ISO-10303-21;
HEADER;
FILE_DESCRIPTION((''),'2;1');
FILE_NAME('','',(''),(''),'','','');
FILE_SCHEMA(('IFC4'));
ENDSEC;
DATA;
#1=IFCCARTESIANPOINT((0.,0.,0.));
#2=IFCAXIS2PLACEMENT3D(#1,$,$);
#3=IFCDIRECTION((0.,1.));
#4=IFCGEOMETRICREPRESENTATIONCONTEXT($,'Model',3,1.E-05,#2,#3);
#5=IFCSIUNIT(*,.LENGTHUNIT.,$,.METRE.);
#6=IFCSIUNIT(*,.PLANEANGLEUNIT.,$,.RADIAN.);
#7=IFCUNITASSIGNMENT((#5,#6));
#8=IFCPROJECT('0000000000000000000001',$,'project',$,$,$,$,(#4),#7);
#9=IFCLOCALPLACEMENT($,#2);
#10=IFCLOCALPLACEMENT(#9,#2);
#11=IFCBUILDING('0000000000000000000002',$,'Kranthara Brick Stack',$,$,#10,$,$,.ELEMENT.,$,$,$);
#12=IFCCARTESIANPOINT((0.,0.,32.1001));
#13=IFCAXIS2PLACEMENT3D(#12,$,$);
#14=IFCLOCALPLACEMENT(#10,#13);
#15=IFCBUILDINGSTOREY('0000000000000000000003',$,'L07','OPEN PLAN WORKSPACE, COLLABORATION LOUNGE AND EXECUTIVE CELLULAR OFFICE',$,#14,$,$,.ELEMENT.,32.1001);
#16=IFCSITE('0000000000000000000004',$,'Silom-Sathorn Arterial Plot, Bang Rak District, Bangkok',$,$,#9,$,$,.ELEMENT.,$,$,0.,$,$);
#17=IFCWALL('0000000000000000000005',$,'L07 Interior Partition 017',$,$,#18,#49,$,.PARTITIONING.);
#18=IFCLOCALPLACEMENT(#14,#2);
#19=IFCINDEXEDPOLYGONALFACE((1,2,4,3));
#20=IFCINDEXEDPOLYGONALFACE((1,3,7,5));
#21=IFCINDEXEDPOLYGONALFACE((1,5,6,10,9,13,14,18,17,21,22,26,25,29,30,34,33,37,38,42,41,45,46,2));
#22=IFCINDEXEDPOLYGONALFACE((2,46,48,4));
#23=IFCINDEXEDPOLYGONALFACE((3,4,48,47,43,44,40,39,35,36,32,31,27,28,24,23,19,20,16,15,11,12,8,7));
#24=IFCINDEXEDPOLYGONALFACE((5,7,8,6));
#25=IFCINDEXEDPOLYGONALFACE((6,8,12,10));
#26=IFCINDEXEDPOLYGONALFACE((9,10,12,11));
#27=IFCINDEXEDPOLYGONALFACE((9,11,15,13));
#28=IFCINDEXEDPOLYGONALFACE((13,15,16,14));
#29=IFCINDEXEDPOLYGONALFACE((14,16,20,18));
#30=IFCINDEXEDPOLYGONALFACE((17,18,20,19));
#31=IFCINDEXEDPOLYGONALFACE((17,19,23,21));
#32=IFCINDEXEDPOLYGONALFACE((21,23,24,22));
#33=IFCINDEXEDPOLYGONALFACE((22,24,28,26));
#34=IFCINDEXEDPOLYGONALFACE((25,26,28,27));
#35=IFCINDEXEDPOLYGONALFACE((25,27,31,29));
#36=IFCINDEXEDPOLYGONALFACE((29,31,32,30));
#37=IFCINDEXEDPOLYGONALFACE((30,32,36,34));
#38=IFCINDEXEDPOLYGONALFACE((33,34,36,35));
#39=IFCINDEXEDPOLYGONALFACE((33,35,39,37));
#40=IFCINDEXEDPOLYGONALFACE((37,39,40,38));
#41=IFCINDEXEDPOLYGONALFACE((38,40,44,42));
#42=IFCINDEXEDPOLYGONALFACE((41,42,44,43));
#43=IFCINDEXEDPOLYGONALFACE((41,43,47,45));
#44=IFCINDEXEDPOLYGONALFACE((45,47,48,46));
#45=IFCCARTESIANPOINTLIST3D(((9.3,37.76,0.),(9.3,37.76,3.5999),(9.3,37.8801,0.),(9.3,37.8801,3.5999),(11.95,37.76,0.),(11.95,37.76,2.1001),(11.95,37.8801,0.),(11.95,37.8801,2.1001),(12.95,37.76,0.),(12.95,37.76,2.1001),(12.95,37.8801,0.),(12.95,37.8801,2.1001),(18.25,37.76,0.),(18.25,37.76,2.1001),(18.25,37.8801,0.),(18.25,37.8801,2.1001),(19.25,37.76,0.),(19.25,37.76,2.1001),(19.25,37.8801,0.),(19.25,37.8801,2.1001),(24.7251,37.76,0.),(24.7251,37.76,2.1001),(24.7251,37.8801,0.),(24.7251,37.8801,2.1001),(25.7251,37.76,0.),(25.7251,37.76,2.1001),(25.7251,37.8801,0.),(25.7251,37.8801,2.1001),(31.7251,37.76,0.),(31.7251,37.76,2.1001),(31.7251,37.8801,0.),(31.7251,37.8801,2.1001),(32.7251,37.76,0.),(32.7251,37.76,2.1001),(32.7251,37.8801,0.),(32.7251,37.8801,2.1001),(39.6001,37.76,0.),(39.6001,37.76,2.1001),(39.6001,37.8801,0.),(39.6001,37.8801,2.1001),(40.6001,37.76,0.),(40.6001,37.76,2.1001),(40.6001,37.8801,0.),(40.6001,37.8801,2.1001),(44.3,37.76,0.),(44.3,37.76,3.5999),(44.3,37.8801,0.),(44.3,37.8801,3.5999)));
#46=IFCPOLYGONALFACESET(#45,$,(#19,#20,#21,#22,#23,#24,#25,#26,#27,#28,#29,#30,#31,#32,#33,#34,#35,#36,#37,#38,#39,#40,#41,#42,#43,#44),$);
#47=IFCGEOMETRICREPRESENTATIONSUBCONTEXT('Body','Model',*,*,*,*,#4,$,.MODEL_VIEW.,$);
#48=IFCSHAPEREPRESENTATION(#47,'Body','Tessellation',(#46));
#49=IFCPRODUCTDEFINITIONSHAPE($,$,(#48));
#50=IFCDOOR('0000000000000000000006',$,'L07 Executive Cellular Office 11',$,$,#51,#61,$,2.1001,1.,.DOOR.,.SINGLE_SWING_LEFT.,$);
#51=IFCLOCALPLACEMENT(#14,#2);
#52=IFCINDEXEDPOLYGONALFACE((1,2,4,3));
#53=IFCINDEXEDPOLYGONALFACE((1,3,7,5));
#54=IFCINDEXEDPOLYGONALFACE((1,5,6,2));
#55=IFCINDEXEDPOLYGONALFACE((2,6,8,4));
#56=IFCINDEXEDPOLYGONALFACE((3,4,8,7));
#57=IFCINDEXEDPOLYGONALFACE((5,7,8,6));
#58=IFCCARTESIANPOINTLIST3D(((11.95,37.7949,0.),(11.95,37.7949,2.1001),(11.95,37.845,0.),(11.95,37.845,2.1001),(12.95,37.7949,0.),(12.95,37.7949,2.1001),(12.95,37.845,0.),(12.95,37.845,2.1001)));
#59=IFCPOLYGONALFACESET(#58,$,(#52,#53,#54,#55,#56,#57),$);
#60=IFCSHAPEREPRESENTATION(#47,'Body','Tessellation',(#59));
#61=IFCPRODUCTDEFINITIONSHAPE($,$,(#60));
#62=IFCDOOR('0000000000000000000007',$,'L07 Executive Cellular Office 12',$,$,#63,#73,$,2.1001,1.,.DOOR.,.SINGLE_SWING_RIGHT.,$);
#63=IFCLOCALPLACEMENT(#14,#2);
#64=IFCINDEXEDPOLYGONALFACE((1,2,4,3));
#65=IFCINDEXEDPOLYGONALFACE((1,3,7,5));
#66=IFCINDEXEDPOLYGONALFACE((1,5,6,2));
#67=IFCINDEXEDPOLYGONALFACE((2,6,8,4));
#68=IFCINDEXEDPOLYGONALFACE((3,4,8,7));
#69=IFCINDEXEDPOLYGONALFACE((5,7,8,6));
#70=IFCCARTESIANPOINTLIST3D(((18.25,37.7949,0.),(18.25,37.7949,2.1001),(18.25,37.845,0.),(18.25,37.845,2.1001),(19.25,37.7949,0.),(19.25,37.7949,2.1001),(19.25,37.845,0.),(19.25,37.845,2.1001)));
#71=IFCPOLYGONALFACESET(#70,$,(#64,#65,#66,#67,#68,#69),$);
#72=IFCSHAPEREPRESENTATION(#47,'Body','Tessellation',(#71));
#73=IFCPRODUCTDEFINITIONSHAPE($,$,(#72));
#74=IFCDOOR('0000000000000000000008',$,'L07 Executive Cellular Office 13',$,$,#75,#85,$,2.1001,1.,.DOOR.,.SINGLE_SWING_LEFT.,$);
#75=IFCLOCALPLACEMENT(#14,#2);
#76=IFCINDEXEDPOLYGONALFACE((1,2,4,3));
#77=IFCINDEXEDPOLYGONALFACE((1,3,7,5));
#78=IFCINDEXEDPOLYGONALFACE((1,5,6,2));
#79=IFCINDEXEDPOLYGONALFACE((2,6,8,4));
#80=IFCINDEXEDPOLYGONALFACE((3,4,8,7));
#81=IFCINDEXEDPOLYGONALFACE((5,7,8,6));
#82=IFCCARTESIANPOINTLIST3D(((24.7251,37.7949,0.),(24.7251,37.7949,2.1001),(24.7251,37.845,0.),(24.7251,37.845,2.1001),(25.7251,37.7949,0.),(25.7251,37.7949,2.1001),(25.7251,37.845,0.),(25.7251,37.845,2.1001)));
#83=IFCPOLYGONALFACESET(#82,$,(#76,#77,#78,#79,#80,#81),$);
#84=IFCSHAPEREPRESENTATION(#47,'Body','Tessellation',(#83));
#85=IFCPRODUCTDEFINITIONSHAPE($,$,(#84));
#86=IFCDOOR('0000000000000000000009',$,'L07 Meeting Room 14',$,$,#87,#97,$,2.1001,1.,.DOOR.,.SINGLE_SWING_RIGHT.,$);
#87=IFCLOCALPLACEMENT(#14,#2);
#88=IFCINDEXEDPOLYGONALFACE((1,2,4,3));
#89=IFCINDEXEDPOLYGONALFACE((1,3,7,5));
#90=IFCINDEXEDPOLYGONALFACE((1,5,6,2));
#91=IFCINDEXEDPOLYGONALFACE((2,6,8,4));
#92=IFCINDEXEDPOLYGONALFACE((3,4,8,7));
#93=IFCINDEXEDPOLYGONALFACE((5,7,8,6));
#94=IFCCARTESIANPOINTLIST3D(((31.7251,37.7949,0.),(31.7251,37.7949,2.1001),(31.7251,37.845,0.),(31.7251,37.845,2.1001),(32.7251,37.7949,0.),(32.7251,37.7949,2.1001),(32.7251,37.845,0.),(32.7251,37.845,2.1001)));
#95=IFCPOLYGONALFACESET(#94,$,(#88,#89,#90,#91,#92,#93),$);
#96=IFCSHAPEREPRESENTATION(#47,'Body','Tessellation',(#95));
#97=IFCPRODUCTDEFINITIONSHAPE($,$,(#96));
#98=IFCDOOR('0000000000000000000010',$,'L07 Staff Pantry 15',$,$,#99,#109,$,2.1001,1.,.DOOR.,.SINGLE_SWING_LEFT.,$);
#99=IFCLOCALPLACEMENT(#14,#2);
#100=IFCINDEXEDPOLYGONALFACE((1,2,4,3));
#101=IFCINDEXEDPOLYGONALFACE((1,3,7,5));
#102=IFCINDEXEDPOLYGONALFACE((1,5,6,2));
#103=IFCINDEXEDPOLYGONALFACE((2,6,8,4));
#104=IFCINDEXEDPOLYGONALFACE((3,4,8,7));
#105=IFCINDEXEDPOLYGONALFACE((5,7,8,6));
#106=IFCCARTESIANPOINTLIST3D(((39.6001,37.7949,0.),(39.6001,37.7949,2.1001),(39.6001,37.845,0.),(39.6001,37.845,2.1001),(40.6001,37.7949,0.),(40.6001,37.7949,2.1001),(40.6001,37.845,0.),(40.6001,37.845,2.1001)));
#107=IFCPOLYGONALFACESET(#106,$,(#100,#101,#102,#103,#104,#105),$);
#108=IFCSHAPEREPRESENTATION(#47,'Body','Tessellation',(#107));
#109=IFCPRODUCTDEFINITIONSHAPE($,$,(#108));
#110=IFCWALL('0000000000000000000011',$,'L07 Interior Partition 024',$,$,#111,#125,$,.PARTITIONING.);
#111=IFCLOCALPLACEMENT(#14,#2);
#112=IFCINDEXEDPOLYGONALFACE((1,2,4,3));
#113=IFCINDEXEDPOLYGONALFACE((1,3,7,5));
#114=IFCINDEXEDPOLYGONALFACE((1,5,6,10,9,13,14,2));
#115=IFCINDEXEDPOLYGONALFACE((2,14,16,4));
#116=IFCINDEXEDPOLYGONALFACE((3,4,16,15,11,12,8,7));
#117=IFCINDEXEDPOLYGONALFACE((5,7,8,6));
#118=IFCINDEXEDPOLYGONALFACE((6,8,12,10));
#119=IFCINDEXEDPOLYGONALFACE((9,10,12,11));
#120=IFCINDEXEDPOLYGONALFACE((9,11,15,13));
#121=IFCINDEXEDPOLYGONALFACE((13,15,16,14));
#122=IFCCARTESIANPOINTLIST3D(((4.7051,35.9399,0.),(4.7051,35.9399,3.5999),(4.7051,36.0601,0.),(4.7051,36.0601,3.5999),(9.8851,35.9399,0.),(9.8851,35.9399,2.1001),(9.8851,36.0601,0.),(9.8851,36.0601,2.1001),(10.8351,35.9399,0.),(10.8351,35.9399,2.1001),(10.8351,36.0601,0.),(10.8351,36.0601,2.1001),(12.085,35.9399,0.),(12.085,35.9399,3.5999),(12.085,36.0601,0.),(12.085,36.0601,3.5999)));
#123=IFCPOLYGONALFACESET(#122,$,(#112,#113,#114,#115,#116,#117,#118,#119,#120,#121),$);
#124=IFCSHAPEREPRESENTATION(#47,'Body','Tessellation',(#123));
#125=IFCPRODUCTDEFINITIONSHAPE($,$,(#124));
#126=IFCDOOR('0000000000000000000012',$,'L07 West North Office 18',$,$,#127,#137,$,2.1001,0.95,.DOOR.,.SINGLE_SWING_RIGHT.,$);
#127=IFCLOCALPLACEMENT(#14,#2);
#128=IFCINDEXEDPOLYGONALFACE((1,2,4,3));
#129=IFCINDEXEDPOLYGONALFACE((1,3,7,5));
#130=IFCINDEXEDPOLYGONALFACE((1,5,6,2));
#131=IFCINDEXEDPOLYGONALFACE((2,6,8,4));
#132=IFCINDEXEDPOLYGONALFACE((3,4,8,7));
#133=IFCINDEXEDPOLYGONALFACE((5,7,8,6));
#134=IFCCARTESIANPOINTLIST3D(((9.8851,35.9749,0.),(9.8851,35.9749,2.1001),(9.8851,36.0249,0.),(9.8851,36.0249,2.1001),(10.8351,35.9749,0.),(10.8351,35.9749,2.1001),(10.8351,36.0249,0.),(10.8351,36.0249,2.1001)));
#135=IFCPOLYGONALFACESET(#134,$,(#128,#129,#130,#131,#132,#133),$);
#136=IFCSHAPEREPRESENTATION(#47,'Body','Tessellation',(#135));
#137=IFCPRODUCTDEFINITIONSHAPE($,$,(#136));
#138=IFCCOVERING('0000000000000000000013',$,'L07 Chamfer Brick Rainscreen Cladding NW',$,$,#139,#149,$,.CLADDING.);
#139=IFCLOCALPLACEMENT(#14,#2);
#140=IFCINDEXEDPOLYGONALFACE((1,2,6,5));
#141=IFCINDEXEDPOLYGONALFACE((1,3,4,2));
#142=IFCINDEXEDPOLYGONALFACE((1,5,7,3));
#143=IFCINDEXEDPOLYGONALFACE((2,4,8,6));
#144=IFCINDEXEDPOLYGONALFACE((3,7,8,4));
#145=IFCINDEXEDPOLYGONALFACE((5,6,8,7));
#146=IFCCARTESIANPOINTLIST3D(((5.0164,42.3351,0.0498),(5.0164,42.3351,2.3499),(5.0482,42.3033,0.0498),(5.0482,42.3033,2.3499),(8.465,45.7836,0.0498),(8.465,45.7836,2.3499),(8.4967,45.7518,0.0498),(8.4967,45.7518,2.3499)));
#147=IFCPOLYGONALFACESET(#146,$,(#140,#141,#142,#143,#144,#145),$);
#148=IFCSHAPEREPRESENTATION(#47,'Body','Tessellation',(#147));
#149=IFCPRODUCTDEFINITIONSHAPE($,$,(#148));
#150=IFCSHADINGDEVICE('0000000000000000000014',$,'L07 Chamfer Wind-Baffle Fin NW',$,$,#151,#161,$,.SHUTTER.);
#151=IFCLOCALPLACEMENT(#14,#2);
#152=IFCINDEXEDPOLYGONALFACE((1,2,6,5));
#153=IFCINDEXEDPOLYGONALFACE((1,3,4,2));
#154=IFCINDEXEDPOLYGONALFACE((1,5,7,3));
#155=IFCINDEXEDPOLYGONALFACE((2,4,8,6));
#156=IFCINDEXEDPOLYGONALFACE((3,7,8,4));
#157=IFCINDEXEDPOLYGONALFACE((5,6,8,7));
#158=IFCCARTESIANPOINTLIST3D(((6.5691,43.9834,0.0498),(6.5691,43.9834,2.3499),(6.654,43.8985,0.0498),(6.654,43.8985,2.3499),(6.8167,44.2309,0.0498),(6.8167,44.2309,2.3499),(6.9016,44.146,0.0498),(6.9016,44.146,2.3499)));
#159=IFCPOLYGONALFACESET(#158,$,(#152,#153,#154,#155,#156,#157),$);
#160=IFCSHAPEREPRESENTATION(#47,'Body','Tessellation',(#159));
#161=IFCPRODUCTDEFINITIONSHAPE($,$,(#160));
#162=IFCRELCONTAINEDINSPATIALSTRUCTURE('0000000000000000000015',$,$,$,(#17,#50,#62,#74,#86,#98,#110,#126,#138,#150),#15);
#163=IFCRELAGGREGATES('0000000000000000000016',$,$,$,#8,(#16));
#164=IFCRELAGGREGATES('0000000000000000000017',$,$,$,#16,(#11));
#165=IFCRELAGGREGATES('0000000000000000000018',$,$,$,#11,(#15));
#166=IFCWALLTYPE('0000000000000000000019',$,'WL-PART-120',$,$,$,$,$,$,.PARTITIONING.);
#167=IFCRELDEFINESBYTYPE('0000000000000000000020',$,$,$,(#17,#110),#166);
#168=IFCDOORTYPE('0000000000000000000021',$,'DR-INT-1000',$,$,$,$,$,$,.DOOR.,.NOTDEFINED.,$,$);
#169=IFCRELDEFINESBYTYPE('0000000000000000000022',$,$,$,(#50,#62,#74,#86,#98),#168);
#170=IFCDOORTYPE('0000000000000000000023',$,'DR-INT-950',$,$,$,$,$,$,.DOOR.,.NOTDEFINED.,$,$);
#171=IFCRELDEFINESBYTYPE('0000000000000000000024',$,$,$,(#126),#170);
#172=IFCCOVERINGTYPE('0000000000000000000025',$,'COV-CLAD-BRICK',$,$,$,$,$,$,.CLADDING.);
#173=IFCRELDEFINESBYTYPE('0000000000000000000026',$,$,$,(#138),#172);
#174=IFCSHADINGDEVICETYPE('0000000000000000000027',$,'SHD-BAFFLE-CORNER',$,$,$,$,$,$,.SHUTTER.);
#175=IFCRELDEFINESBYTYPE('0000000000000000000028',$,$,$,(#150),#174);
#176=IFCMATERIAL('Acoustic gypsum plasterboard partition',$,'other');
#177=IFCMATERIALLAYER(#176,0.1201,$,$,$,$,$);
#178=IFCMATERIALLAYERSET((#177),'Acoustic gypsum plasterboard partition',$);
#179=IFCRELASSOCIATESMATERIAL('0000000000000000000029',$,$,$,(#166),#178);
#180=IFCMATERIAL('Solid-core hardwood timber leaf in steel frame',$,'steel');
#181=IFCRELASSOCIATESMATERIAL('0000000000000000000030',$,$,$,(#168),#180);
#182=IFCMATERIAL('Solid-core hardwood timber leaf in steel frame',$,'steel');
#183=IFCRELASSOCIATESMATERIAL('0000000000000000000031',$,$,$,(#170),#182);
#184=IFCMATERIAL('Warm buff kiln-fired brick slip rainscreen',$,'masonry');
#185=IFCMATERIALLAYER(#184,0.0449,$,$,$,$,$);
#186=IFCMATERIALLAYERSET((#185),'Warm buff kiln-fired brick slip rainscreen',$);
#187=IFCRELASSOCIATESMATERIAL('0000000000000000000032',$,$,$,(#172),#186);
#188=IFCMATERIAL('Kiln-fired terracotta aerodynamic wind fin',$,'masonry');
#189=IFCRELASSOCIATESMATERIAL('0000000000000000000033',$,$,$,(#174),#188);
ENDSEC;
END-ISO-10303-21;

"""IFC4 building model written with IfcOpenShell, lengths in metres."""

from ifc_helpers import new_model, si_unit, direction, frame, frame_2d, origin, origin_2d, place, context, subcontext, project, spatial, rectangle, extrude, material, layer, layer_set, type_object, element, fill, save


model = new_model("IFC4")

# Units and contexts
model_context = context("Model", 3, precision=1e-05, world=origin(), true_north=direction((0.0, 1.0)))
body_context = subcontext(model_context, "Body", "Model", "MODEL_VIEW")
ifc_project = project(units=[si_unit("LENGTHUNIT", "METRE"), si_unit("PLANEANGLEUNIT", "RADIAN")], contexts=[model_context])

# Site, building, storey
site_placement = place(None, origin())
site = spatial("IfcSite", under=ifc_project, at=site_placement, Name="Silom-Sathorn Arterial Plot, Bang Rak District, Bangkok", CompositionType="ELEMENT", RefElevation=0.0)
building_placement = place(site_placement, origin())
building = spatial("IfcBuilding", under=site, at=building_placement, Name="Kranthara Brick Stack", CompositionType="ELEMENT")
storey_placement = place(building_placement, frame((0.0, 0.0, 32.1001)))
storey = spatial("IfcBuildingStorey", under=building, at=storey_placement, Name="L07", Description="OPEN PLAN WORKSPACE, COLLABORATION LOUNGE AND EXECUTIVE CELLULAR OFFICE", CompositionType="ELEMENT", Elevation=32.1001)

# Wall, openings, doors
ifc_material_1 = material(Name="Acoustic gypsum plasterboard partition", Category="other")
ifc_layer_1 = layer(ifc_material_1, 0.1201)
ifc_layer_set_1 = layer_set([ifc_layer_1], Name="Acoustic gypsum plasterboard partition")
wall_type_1 = type_object("IfcWallType", Name="WL-PART-120", PredefinedType="PARTITIONING", material=ifc_layer_set_1)
wall_1_placement = place(storey_placement, frame((9.3, 37.8201, 0.0), z_axis=(0.0, 0.0, 1.0), x_axis=(1.0, 0.0, 0.0)))
wall_1 = element("IfcWall", 1, at=wall_1_placement, inside=storey, type_object=wall_type_1, Name="L07 Interior Partition 017", PredefinedType="PARTITIONING", context=body_context, shape_type="SweptSolid", body=[
    extrude(rectangle(XDim=35.0, YDim=0.1201, at=frame_2d((17.5, 0.0))), origin(), (0.0, 0.0, 1.0), 3.5999),
])
opening_1_placement = place(wall_1_placement, frame((2.6499, 0.0, 0.0)))
opening_1 = element("IfcOpeningElement", 2, at=opening_1_placement, cuts=wall_1, PredefinedType="OPENING", context=body_context, shape_type="SweptSolid", body=[
    extrude(rectangle(XDim=1.0, YDim=2.1001, at=frame_2d((0.5, 1.05))), frame((0.0, 0.0701, 0.0), z_axis=(0.0, -1.0, 0.0), x_axis=(1.0, 0.0, 0.0)), (0.0, 0.0, 1.0), 0.1401),
])
opening_2_placement = place(wall_1_placement, frame((8.95, 0.0, 0.0)))
opening_2 = element("IfcOpeningElement", 3, at=opening_2_placement, cuts=wall_1, PredefinedType="OPENING", context=body_context, shape_type="SweptSolid", body=[
    extrude(rectangle(XDim=1.0, YDim=2.1001, at=frame_2d((0.5, 1.05))), frame((0.0, 0.0701, 0.0), z_axis=(0.0, -1.0, 0.0), x_axis=(1.0, 0.0, 0.0)), (0.0, 0.0, 1.0), 0.1401),
])
opening_3_placement = place(wall_1_placement, frame((15.425, 0.0, 0.0)))
opening_3 = element("IfcOpeningElement", 4, at=opening_3_placement, cuts=wall_1, PredefinedType="OPENING", context=body_context, shape_type="SweptSolid", body=[
    extrude(rectangle(XDim=1.0, YDim=2.1001, at=frame_2d((0.5, 1.05))), frame((0.0, 0.0701, 0.0), z_axis=(0.0, -1.0, 0.0), x_axis=(1.0, 0.0, 0.0)), (0.0, 0.0, 1.0), 0.1401),
])
opening_4_placement = place(wall_1_placement, frame((22.425, 0.0, 0.0)))
opening_4 = element("IfcOpeningElement", 5, at=opening_4_placement, cuts=wall_1, PredefinedType="OPENING", context=body_context, shape_type="SweptSolid", body=[
    extrude(rectangle(XDim=1.0, YDim=2.1001, at=frame_2d((0.5, 1.05))), frame((0.0, 0.0701, 0.0), z_axis=(0.0, -1.0, 0.0), x_axis=(1.0, 0.0, 0.0)), (0.0, 0.0, 1.0), 0.1401),
])
opening_5_placement = place(wall_1_placement, frame((30.3, 0.0, 0.0)))
opening_5 = element("IfcOpeningElement", 6, at=opening_5_placement, cuts=wall_1, PredefinedType="OPENING", context=body_context, shape_type="SweptSolid", body=[
    extrude(rectangle(XDim=1.0, YDim=2.1001, at=frame_2d((0.5, 1.05))), frame((0.0, 0.0701, 0.0), z_axis=(0.0, -1.0, 0.0), x_axis=(1.0, 0.0, 0.0)), (0.0, 0.0, 1.0), 0.1401),
])
ifc_material_2 = material(Name="Solid-core hardwood timber leaf in steel frame", Category="steel")
door_type_1 = type_object("IfcDoorType", Name="DR-INT-1000", OperationType="NOTDEFINED", PredefinedType="DOOR", material=ifc_material_2)
door_1_placement = place(opening_1_placement, origin())
door_1 = element("IfcDoor", 7, at=door_1_placement, inside=storey, type_object=door_type_1, Name="L07 Executive Cellular Office 11", OperationType="SINGLE_SWING_LEFT", OverallHeight=2.1001, OverallWidth=1.0, PredefinedType="DOOR", context=body_context, shape_type="SweptSolid", body=[
    extrude(rectangle(XDim=1.0, YDim=2.1001, at=frame_2d((0.5, 1.05))), frame((0.0, 0.0249, 0.0), z_axis=(0.0, -1.0, 0.0), x_axis=(1.0, 0.0, 0.0)), (0.0, 0.0, 1.0), 0.05),
])
fill(opening_1, door_1)
door_2_placement = place(opening_2_placement, origin())
door_2 = element("IfcDoor", 8, at=door_2_placement, inside=storey, type_object=door_type_1, Name="L07 Executive Cellular Office 12", OperationType="SINGLE_SWING_RIGHT", OverallHeight=2.1001, OverallWidth=1.0, PredefinedType="DOOR", context=body_context, shape_type="SweptSolid", body=[
    extrude(rectangle(XDim=1.0, YDim=2.1001, at=frame_2d((0.5, 1.05))), frame((0.0, 0.0249, 0.0), z_axis=(0.0, -1.0, 0.0), x_axis=(1.0, 0.0, 0.0)), (0.0, 0.0, 1.0), 0.05),
])
fill(opening_2, door_2)
door_3_placement = place(opening_3_placement, origin())
door_3 = element("IfcDoor", 9, at=door_3_placement, inside=storey, type_object=door_type_1, Name="L07 Executive Cellular Office 13", OperationType="SINGLE_SWING_LEFT", OverallHeight=2.1001, OverallWidth=1.0, PredefinedType="DOOR", context=body_context, shape_type="SweptSolid", body=[
    extrude(rectangle(XDim=1.0, YDim=2.1001, at=frame_2d((0.5, 1.05))), frame((0.0, 0.0249, 0.0), z_axis=(0.0, -1.0, 0.0), x_axis=(1.0, 0.0, 0.0)), (0.0, 0.0, 1.0), 0.05),
])
fill(opening_3, door_3)
door_4_placement = place(opening_4_placement, origin())
door_4 = element("IfcDoor", 10, at=door_4_placement, inside=storey, type_object=door_type_1, Name="L07 Meeting Room 14", OperationType="SINGLE_SWING_RIGHT", OverallHeight=2.1001, OverallWidth=1.0, PredefinedType="DOOR", context=body_context, shape_type="SweptSolid", body=[
    extrude(rectangle(XDim=1.0, YDim=2.1001, at=frame_2d((0.5, 1.05))), frame((0.0, 0.0249, 0.0), z_axis=(0.0, -1.0, 0.0), x_axis=(1.0, 0.0, 0.0)), (0.0, 0.0, 1.0), 0.05),
])
fill(opening_4, door_4)
door_5_placement = place(opening_5_placement, origin())
door_5 = element("IfcDoor", 11, at=door_5_placement, inside=storey, type_object=door_type_1, Name="L07 Staff Pantry 15", OperationType="SINGLE_SWING_LEFT", OverallHeight=2.1001, OverallWidth=1.0, PredefinedType="DOOR", context=body_context, shape_type="SweptSolid", body=[
    extrude(rectangle(XDim=1.0, YDim=2.1001, at=frame_2d((0.5, 1.05))), frame((0.0, 0.0249, 0.0), z_axis=(0.0, -1.0, 0.0), x_axis=(1.0, 0.0, 0.0)), (0.0, 0.0, 1.0), 0.05),
])
fill(opening_5, door_5)

# Wall, opening, door
wall_2_placement = place(storey_placement, frame((4.7051, 36.0, 0.0), z_axis=(0.0, 0.0, 1.0), x_axis=(1.0, 0.0, 0.0)))
wall_2 = element("IfcWall", 12, at=wall_2_placement, inside=storey, type_object=wall_type_1, Name="L07 Interior Partition 024", PredefinedType="PARTITIONING", context=body_context, shape_type="SweptSolid", body=[
    extrude(rectangle(XDim=7.3799, YDim=0.1201, at=frame_2d((3.6899, 0.0))), origin(), (0.0, 0.0, 1.0), 3.5999),
])
opening_6_placement = place(wall_2_placement, frame((5.1799, 0.0, 0.0)))
opening_6 = element("IfcOpeningElement", 13, at=opening_6_placement, cuts=wall_2, PredefinedType="OPENING", context=body_context, shape_type="SweptSolid", body=[
    extrude(rectangle(XDim=0.95, YDim=2.1001, at=frame_2d((0.4751, 1.05))), frame((0.0, 0.0701, 0.0), z_axis=(0.0, -1.0, 0.0), x_axis=(1.0, 0.0, 0.0)), (0.0, 0.0, 1.0), 0.1401),
])
ifc_material_3 = material(Name="Solid-core hardwood timber leaf in steel frame", Category="steel")
door_type_2 = type_object("IfcDoorType", Name="DR-INT-950", OperationType="NOTDEFINED", PredefinedType="DOOR", material=ifc_material_3)
door_6_placement = place(opening_6_placement, origin())
door_6 = element("IfcDoor", 14, at=door_6_placement, inside=storey, type_object=door_type_2, Name="L07 West North Office 18", OperationType="SINGLE_SWING_RIGHT", OverallHeight=2.1001, OverallWidth=0.95, PredefinedType="DOOR", context=body_context, shape_type="SweptSolid", body=[
    extrude(rectangle(XDim=0.95, YDim=2.1001, at=frame_2d((0.4751, 1.05))), frame((0.0, 0.0249, 0.0), z_axis=(0.0, -1.0, 0.0), x_axis=(1.0, 0.0, 0.0)), (0.0, 0.0, 1.0), 0.05),
])
fill(opening_6, door_6)

# Covering
ifc_material_4 = material(Name="Warm buff kiln-fired brick slip rainscreen", Category="masonry")
ifc_layer_2 = layer(ifc_material_4, 0.0449)
ifc_layer_set_2 = layer_set([ifc_layer_2], Name="Warm buff kiln-fired brick slip rainscreen")
covering_type = type_object("IfcCoveringType", Name="COV-CLAD-BRICK", PredefinedType="CLADDING", material=ifc_layer_set_2)
covering_placement = place(storey_placement, frame((6.7566, 44.0435, 0.0498), z_axis=(0.0, 0.0, 1.0), x_axis=(0.707107, 0.707107, 0.0)))
element("IfcCovering", 15, at=covering_placement, inside=storey, type_object=covering_type, Name="L07 Chamfer Brick Rainscreen Cladding NW", PredefinedType="CLADDING", context=body_context, shape_type="SweptSolid", body=[
    extrude(rectangle(XDim=4.877, YDim=0.0449, at=origin_2d()), origin(), (0.0, 0.0, 1.0), 2.3),
])

# Shading device
ifc_material_5 = material(Name="Kiln-fired terracotta aerodynamic wind fin", Category="masonry")
shading_device_type = type_object("IfcShadingDeviceType", Name="SHD-BAFFLE-CORNER", PredefinedType="SHUTTER", material=ifc_material_5)
shading_device_placement = place(storey_placement, frame((6.7354, 44.0647, 0.0498), z_axis=(0.0, 0.0, 1.0), x_axis=(0.707107, 0.707107, 0.0)))
element("IfcShadingDevice", 16, at=shading_device_placement, inside=storey, type_object=shading_device_type, Name="L07 Chamfer Wind-Baffle Fin NW", PredefinedType="SHUTTER", context=body_context, shape_type="SweptSolid", body=[
    extrude(rectangle(XDim=0.3501, YDim=0.1201, at=origin_2d()), origin(), (0.0, 0.0, 1.0), 2.3),
])

save(model, "model.ifc")
